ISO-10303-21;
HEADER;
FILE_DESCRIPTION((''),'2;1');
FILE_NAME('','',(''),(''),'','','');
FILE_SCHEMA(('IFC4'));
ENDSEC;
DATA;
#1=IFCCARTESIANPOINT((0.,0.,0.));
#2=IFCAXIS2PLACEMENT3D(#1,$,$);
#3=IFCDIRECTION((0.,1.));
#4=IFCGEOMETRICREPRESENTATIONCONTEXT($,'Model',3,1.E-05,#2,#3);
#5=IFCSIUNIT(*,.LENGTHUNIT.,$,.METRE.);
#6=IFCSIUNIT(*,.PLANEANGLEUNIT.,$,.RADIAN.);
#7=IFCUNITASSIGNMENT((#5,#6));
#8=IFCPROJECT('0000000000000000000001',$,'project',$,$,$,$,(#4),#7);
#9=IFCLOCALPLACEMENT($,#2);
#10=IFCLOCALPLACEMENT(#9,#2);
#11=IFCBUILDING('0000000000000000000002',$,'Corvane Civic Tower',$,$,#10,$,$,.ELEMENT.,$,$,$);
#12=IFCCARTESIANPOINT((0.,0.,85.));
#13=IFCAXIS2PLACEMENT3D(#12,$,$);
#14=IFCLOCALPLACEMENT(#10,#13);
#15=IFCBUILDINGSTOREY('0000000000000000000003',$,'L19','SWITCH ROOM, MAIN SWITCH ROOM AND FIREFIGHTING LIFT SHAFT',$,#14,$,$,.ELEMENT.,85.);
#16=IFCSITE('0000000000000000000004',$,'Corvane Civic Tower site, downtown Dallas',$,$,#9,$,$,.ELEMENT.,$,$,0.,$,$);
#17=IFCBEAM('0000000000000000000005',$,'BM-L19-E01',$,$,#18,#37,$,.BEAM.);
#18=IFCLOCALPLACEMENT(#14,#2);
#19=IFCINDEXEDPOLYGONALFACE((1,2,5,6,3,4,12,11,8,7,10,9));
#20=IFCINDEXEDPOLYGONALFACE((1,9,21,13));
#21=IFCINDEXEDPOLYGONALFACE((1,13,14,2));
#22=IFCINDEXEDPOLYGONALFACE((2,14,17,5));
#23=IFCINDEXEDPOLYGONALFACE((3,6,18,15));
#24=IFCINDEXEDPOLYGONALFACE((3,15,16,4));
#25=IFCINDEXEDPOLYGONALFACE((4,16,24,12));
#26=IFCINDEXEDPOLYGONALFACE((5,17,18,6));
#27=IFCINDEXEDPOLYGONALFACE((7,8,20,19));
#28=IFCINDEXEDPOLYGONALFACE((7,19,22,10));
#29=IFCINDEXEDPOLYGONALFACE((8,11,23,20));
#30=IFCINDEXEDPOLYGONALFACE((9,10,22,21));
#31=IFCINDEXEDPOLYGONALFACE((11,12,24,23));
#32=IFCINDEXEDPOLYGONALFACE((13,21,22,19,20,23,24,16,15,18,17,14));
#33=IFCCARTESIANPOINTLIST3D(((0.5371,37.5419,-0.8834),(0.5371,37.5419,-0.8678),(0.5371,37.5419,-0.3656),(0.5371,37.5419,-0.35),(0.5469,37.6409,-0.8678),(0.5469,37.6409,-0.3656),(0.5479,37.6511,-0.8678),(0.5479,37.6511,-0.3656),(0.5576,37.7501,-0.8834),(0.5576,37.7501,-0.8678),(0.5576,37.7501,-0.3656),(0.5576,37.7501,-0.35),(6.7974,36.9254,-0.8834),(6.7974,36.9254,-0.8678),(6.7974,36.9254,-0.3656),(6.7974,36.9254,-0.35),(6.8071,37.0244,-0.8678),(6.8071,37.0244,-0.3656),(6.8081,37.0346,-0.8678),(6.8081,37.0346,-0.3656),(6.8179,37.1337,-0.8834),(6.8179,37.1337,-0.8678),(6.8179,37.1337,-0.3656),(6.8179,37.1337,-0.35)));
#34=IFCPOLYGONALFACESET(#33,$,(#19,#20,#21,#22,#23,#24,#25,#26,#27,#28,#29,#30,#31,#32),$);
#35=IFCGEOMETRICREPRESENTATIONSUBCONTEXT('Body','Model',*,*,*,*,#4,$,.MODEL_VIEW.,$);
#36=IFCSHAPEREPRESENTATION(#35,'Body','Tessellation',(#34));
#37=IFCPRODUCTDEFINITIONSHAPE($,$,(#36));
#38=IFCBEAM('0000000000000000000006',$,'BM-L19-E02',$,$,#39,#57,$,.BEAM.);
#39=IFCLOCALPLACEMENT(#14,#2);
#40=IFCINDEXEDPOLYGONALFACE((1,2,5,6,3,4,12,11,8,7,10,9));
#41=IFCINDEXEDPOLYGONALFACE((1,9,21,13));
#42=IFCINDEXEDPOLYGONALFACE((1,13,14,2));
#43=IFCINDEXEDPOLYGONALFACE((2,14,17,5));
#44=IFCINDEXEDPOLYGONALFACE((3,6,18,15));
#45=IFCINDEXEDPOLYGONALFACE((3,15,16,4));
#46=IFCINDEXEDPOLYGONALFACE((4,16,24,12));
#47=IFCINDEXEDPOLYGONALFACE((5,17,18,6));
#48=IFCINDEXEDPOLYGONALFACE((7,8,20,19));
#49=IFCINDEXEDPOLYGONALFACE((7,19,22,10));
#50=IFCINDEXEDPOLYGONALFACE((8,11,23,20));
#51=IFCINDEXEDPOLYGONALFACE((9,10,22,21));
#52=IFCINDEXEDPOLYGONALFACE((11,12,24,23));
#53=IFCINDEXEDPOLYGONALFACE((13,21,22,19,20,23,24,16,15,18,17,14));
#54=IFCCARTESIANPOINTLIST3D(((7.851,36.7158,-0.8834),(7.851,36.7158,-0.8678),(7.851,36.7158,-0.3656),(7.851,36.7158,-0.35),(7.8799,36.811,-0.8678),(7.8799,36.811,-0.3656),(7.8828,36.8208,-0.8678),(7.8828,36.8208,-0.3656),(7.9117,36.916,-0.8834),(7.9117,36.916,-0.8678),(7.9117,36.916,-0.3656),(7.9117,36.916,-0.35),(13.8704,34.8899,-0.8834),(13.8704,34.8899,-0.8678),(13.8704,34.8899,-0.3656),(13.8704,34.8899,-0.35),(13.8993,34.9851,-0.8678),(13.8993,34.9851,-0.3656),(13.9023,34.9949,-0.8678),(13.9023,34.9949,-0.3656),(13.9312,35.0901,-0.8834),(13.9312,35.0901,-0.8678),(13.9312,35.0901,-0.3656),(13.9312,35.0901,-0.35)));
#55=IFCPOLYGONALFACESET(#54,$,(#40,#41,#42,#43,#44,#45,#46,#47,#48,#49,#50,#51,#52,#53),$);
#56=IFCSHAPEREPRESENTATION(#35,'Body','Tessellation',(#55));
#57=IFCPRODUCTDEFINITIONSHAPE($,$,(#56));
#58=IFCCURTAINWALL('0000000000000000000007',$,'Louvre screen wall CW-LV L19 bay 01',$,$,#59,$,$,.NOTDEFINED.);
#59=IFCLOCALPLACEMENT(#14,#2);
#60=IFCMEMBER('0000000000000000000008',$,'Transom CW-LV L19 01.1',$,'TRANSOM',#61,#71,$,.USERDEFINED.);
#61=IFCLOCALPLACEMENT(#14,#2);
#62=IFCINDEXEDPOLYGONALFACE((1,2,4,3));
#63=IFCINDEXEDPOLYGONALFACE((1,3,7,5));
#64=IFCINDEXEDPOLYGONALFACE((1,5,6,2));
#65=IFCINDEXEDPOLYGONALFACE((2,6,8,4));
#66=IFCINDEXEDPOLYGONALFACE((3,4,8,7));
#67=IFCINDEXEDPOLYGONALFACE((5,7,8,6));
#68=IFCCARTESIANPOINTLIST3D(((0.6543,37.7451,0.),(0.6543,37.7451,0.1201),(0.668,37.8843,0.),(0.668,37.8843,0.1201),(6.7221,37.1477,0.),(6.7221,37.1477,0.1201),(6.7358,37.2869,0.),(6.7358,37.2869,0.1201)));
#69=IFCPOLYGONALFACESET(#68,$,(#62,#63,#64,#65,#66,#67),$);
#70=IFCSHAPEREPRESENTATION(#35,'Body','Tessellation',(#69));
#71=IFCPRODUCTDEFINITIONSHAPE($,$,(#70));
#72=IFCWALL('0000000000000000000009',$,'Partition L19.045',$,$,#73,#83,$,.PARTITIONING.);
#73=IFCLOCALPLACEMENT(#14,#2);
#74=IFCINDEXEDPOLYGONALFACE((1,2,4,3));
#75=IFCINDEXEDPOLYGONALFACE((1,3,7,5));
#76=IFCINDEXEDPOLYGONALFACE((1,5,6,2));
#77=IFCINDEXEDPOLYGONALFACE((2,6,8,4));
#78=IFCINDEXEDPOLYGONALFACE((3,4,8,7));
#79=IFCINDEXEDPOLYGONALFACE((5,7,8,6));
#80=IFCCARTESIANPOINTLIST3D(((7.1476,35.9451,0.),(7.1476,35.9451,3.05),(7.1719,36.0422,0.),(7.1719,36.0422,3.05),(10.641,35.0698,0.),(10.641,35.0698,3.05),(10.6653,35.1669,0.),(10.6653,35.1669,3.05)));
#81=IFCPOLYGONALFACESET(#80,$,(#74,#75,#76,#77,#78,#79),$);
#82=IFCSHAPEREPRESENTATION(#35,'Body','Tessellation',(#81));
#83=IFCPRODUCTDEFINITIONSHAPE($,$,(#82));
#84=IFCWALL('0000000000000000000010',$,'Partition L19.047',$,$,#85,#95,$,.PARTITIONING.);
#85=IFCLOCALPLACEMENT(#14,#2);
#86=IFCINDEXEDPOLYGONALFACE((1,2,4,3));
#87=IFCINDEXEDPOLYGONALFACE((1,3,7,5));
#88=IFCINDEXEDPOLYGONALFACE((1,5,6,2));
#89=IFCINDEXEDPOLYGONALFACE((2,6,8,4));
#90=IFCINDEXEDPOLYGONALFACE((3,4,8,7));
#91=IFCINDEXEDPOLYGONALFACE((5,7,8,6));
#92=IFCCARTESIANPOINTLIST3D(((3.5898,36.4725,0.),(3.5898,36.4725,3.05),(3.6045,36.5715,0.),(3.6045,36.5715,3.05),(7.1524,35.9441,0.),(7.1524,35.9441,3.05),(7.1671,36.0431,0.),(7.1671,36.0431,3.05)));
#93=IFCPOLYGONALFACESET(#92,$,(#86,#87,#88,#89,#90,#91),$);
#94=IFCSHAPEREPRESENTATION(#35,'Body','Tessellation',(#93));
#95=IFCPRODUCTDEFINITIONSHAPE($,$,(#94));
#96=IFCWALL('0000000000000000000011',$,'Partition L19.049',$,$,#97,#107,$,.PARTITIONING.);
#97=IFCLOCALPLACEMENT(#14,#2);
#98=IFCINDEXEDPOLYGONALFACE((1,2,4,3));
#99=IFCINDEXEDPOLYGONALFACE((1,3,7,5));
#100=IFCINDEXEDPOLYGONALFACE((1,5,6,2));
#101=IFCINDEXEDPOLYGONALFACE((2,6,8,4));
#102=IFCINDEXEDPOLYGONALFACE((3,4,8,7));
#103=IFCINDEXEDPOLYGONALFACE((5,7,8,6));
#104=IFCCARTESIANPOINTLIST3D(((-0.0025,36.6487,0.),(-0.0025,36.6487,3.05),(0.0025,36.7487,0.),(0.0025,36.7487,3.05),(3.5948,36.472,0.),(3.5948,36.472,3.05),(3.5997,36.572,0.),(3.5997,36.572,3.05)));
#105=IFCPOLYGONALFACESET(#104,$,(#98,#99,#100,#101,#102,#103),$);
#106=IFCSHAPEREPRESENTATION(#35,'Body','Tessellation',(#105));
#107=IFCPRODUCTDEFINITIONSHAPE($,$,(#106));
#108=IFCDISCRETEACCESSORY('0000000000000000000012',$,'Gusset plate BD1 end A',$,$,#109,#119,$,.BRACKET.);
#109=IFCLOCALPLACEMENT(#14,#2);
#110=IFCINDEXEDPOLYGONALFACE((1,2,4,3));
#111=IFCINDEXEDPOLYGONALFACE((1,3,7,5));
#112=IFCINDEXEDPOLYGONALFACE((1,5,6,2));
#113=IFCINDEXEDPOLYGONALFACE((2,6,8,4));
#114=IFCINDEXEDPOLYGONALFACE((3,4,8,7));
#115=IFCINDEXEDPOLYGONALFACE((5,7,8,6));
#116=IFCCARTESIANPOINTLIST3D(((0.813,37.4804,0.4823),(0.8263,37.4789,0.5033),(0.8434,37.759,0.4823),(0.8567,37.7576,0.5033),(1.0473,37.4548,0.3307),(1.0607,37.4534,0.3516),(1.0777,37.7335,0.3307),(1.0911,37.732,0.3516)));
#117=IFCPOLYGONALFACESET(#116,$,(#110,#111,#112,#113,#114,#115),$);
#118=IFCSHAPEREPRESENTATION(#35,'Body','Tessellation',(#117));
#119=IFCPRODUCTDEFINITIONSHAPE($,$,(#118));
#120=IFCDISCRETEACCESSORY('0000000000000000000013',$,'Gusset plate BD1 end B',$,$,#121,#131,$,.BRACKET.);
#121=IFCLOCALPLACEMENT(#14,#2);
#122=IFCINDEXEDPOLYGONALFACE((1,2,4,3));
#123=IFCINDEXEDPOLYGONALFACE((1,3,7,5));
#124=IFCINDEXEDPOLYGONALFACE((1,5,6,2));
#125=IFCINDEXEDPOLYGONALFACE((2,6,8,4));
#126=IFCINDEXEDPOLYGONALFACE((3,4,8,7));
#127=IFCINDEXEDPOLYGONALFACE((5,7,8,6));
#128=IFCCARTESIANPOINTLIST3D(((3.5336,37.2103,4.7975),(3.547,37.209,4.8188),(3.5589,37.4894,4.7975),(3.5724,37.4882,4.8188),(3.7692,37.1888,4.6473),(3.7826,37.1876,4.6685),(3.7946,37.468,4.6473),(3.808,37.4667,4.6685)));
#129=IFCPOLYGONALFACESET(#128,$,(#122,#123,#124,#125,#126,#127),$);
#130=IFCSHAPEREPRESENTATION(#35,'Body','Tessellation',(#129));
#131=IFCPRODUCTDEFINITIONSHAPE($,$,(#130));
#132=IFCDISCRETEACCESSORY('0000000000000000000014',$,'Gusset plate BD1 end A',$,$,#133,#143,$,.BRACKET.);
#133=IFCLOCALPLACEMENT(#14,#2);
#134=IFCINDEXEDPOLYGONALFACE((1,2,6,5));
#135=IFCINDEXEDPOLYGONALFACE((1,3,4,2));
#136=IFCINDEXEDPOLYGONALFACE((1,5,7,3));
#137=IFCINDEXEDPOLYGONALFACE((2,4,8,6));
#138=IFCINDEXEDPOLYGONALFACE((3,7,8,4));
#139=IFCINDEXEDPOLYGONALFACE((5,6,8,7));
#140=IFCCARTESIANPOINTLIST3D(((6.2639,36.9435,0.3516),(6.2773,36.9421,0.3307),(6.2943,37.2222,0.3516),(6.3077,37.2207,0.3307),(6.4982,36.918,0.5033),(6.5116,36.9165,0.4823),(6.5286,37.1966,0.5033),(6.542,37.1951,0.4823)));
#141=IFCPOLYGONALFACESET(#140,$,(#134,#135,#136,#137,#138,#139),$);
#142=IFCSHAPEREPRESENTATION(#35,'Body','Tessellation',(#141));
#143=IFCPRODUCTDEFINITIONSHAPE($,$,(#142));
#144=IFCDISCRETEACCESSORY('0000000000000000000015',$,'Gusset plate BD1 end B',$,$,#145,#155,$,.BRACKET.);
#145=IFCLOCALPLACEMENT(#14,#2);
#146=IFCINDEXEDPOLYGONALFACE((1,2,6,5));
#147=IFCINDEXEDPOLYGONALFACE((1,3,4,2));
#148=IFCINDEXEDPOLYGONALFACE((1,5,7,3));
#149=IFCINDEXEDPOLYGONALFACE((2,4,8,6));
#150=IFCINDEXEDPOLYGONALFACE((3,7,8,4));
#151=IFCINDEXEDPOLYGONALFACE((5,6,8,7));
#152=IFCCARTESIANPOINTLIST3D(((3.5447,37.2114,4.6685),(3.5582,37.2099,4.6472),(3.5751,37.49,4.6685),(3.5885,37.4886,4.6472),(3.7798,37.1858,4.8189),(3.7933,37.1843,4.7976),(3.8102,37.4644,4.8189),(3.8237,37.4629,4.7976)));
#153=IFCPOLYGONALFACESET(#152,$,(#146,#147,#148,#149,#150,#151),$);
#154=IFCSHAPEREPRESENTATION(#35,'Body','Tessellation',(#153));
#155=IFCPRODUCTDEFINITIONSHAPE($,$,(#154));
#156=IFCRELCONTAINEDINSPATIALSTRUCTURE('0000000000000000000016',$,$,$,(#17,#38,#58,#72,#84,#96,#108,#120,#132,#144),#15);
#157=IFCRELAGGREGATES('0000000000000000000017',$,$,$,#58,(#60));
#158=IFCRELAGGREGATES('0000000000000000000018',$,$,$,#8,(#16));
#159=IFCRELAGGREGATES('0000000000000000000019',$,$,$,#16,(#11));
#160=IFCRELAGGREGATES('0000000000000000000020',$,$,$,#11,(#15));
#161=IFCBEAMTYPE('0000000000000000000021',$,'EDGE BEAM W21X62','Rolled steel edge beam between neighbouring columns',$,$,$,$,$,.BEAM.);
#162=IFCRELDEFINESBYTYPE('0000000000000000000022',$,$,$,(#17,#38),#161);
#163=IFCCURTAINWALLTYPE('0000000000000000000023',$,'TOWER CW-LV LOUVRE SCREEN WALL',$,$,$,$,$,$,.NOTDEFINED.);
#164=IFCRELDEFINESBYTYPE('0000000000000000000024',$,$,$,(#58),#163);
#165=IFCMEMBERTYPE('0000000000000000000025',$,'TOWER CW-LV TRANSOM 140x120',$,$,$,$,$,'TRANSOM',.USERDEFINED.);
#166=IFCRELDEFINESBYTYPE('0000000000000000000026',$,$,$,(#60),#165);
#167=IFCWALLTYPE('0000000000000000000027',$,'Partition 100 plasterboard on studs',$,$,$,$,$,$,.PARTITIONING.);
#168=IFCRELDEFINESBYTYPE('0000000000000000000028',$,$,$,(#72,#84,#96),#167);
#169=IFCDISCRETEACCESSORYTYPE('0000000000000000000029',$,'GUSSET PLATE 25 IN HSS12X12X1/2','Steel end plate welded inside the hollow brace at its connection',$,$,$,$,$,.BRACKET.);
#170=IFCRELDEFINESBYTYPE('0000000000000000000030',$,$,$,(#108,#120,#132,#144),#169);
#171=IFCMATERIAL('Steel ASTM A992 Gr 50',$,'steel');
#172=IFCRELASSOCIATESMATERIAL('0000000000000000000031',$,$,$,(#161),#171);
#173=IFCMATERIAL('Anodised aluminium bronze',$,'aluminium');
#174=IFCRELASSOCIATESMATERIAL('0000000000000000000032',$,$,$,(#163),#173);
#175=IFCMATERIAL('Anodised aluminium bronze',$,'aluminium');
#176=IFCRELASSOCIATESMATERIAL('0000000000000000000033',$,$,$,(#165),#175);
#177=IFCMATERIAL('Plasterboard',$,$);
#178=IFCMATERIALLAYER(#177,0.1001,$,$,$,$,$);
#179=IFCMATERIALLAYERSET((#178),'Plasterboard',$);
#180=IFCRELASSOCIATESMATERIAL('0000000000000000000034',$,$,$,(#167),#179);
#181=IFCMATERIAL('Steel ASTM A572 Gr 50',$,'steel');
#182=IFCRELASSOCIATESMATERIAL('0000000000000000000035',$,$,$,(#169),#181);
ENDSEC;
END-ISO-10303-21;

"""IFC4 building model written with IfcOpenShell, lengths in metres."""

from ifc_helpers import new_model, si_unit, direction, frame, frame_2d, origin, origin_2d, place, context, subcontext, project, spatial, rectangle, i_section, extrude, material, layer, layer_set, material_profile, profile_set, type_object, element, aggregate, save


model = new_model("IFC4")

# Units and contexts
model_context = context("Model", 3, precision=1e-05, world=origin(), true_north=direction((0.0, 1.0)))
body_context = subcontext(model_context, "Body", "Model", "MODEL_VIEW")
ifc_project = project(units=[si_unit("LENGTHUNIT", "METRE"), si_unit("PLANEANGLEUNIT", "RADIAN")], contexts=[model_context])

# Site, building, storey
site_placement = place(None, origin())
site = spatial("IfcSite", under=ifc_project, at=site_placement, Name="Corvane Civic Tower site, downtown Dallas", CompositionType="ELEMENT", RefElevation=0.0)
building_placement = place(site_placement, origin())
building = spatial("IfcBuilding", under=site, at=building_placement, Name="Corvane Civic Tower", CompositionType="ELEMENT")
storey_placement = place(building_placement, frame((0.0, 0.0, 85.0)))
storey = spatial("IfcBuildingStorey", under=building, at=storey_placement, Name="L19", Description="SWITCH ROOM, MAIN SWITCH ROOM AND FIREFIGHTING LIFT SHAFT", CompositionType="ELEMENT", Elevation=85.0)

# Beams
ifc_material_1 = material(Name="Steel ASTM A992 Gr 50", Category="steel")
ifc_material_profile_1 = material_profile(ifc_material_1, i_section(OverallWidth=0.2092, OverallDepth=0.5334, WebThickness=0.0103, FlangeThickness=0.0156, at=origin_2d()), Name="W21X62")
ifc_profile_set_1 = profile_set([ifc_material_profile_1], Name="Steel ASTM A992 Gr 50")
beam_type = type_object("IfcBeamType", Name="EDGE BEAM W21X62", Description="Rolled steel edge beam between neighbouring columns", PredefinedType="BEAM", material=ifc_profile_set_1)
beam_1_placement = place(storey_placement, frame((0.5474, 37.646, -0.6167), z_axis=(0.995187, -0.097997, 0.0), x_axis=(0.097997, 0.995187, 0.0)))
element("IfcBeam", 1, at=beam_1_placement, inside=storey, type_object=beam_type, Name="BM-L19-E01", PredefinedType="BEAM", context=body_context, shape_type="SweptSolid", body=[
    extrude(i_section(OverallWidth=0.2092, OverallDepth=0.5334, WebThickness=0.0103, FlangeThickness=0.0156, at=origin_2d()), origin(), (0.0, 0.0, 1.0), 6.2905),
])
beam_2_placement = place(storey_placement, frame((7.8813, 36.8159, -0.6167), z_axis=(0.956944, -0.290273, 0.0), x_axis=(0.290273, 0.956944, 0.0)))
element("IfcBeam", 2, at=beam_2_placement, inside=storey, type_object=beam_type, Name="BM-L19-E02", PredefinedType="BEAM", context=body_context, shape_type="SweptSolid", body=[
    extrude(i_section(OverallWidth=0.2092, OverallDepth=0.5334, WebThickness=0.0103, FlangeThickness=0.0156, at=origin_2d()), origin(), (0.0, 0.0, 1.0), 6.2903),
])

# Curtain wall, member
ifc_material_2 = material(Name="Anodised aluminium bronze", Category="aluminium")
curtain_wall_type = type_object("IfcCurtainWallType", Name="TOWER CW-LV LOUVRE SCREEN WALL", PredefinedType="NOTDEFINED", material=ifc_material_2)
curtain_wall_placement = place(storey_placement, origin())
curtain_wall = element("IfcCurtainWall", 3, at=curtain_wall_placement, inside=storey, type_object=curtain_wall_type, Name="Louvre screen wall CW-LV L19 bay 01", PredefinedType="NOTDEFINED")
ifc_material_3 = material(Name="Anodised aluminium bronze", Category="aluminium")
ifc_material_profile_2 = material_profile(ifc_material_3, rectangle(XDim=0.1399, YDim=0.1201, at=origin_2d()), Name="TOWER CW-LV TRANSOM 140x120")
ifc_profile_set_2 = profile_set([ifc_material_profile_2], Name="Anodised aluminium bronze")
member_type_1 = type_object("IfcMemberType", Name="TOWER CW-LV TRANSOM 140x120", ElementType="TRANSOM", PredefinedType="USERDEFINED", material=ifc_profile_set_2)
member_placement = place(storey_placement, frame((0.6611, 37.8147, 0.0601), z_axis=(0.995188, -0.097981, 0.0), x_axis=(0.097981, 0.995188, 0.0)))
member = element("IfcMember", 4, at=member_placement, type_object=member_type_1, Name="Transom CW-LV L19 01.1", ObjectType="TRANSOM", PredefinedType="USERDEFINED", context=body_context, shape_type="SweptSolid", body=[
    extrude(rectangle(XDim=0.1399, YDim=0.1201, at=origin_2d()), origin(), (0.0, 0.0, 1.0), 6.0972),
])

# Walls
ifc_material_4 = material(Name="Plasterboard")
ifc_layer = layer(ifc_material_4, 0.1001)
ifc_layer_set = layer_set([ifc_layer], Name="Plasterboard")
wall_type = type_object("IfcWallType", Name="Partition 100 plasterboard on studs", PredefinedType="PARTITIONING", material=ifc_layer_set)
wall_placement = place(storey_placement, frame((7.1597, 35.9937, 0.0), z_axis=(0.0, 0.0, 1.0), x_axis=(0.970019, -0.24303, 0.0)))
element("IfcWall", 5, at=wall_placement, inside=storey, type_object=wall_type, Name="Partition L19.045", PredefinedType="PARTITIONING", context=body_context, shape_type="SweptSolid", body=[
    extrude(rectangle(XDim=3.6013, YDim=0.1001, at=frame_2d((1.8008, 0.0))), origin(), (0.0, 0.0, 1.0), 3.05),
])
for number, where, z_axis, x_axis, name in (
    (6, (3.5972, 36.522, 0.0), (0.0, 0.0, 1.0), (0.989182, -0.146696, 0.0), "Partition L19.047"),
    (7, (0.0, 36.6987, 0.0), (0.0, 0.0, 1.0), (0.998795, -0.049079, 0.0), "Partition L19.049"),
):
    element("IfcWall", number, at=place(storey_placement, frame(where, z_axis=z_axis, x_axis=x_axis)), inside=storey, type_object=wall_type, Name=name, PredefinedType="PARTITIONING", context=body_context, shape_type="SweptSolid", body=[
        extrude(rectangle(XDim=3.6016, YDim=0.1001, at=frame_2d((1.8008, 0.0))), origin(), (0.0, 0.0, 1.0), 3.05),
    ])

aggregate(curtain_wall, [member])

# Discrete accessories
ifc_material_5 = material(Name="Steel ASTM A572 Gr 50", Category="steel")
ifc_material_profile_3 = material_profile(ifc_material_5, rectangle(XDim=0.2803, YDim=0.2803, at=origin_2d()), Name="GUSSET PLATE 25 IN HSS12X12X1/2")
ifc_profile_set_3 = profile_set([ifc_material_profile_3], Name="Steel ASTM A572 Gr 50")
discrete_accessory_type = type_object("IfcDiscreteAccessoryType", Name="GUSSET PLATE 25 IN HSS12X12X1/2", Description="Steel end plate welded inside the hollow brace at its connection", PredefinedType="BRACKET", material=ifc_profile_set_3)
discrete_accessory_1_placement = place(storey_placement, frame((0.9453, 37.6069, 0.4065), z_axis=(0.537847, -0.058674, 0.840998), x_axis=(0.108448, 0.994102, 0.0)))
element("IfcDiscreteAccessory", 8, at=discrete_accessory_1_placement, inside=storey, type_object=discrete_accessory_type, Name="Gusset plate BD1 end A", PredefinedType="BRACKET", context=body_context, shape_type="SweptSolid", body=[
    extrude(rectangle(XDim=0.2803, YDim=0.2803, at=origin_2d()), origin(), (0.0, 0.0, 1.0), 0.0249),
])
discrete_accessory_2_placement = place(storey_placement, frame((3.6775, 37.3379, 4.7437), z_axis=(-0.533729, 0.048521, -0.844262), x_axis=(-0.090536, -0.995893, 0.0)))
element("IfcDiscreteAccessory", 9, at=discrete_accessory_2_placement, inside=storey, type_object=discrete_accessory_type, Name="Gusset plate BD1 end B", PredefinedType="BRACKET", context=body_context, shape_type="SweptSolid", body=[
    extrude(rectangle(XDim=0.2803, YDim=0.2803, at=origin_2d()), origin(), (0.0, 0.0, 1.0), 0.0251),
])
discrete_accessory_3_placement = place(storey_placement, frame((6.4097, 37.0686, 0.4065), z_axis=(-0.537847, 0.058674, 0.840998), x_axis=(-0.108448, -0.994102, 0.0)))
element("IfcDiscreteAccessory", 10, at=discrete_accessory_3_placement, inside=storey, type_object=discrete_accessory_type, Name="Gusset plate BD1 end A", PredefinedType="BRACKET", context=body_context, shape_type="SweptSolid", body=[
    extrude(rectangle(XDim=0.2803, YDim=0.2803, at=origin_2d()), origin(), (0.0, 0.0, 1.0), 0.0249),
])
discrete_accessory_4_placement = place(storey_placement, frame((3.6775, 37.3379, 4.7437), z_axis=(0.533453, -0.058195, -0.843825), x_axis=(0.108448, 0.994102, 0.0)))
element("IfcDiscreteAccessory", 11, at=discrete_accessory_4_placement, inside=storey, type_object=discrete_accessory_type, Name="Gusset plate BD1 end B", PredefinedType="BRACKET", context=body_context, shape_type="SweptSolid", body=[
    extrude(rectangle(XDim=0.2803, YDim=0.2803, at=origin_2d()), origin(), (0.0, 0.0, 1.0), 0.0251),
])

save(model, "model.ifc")
